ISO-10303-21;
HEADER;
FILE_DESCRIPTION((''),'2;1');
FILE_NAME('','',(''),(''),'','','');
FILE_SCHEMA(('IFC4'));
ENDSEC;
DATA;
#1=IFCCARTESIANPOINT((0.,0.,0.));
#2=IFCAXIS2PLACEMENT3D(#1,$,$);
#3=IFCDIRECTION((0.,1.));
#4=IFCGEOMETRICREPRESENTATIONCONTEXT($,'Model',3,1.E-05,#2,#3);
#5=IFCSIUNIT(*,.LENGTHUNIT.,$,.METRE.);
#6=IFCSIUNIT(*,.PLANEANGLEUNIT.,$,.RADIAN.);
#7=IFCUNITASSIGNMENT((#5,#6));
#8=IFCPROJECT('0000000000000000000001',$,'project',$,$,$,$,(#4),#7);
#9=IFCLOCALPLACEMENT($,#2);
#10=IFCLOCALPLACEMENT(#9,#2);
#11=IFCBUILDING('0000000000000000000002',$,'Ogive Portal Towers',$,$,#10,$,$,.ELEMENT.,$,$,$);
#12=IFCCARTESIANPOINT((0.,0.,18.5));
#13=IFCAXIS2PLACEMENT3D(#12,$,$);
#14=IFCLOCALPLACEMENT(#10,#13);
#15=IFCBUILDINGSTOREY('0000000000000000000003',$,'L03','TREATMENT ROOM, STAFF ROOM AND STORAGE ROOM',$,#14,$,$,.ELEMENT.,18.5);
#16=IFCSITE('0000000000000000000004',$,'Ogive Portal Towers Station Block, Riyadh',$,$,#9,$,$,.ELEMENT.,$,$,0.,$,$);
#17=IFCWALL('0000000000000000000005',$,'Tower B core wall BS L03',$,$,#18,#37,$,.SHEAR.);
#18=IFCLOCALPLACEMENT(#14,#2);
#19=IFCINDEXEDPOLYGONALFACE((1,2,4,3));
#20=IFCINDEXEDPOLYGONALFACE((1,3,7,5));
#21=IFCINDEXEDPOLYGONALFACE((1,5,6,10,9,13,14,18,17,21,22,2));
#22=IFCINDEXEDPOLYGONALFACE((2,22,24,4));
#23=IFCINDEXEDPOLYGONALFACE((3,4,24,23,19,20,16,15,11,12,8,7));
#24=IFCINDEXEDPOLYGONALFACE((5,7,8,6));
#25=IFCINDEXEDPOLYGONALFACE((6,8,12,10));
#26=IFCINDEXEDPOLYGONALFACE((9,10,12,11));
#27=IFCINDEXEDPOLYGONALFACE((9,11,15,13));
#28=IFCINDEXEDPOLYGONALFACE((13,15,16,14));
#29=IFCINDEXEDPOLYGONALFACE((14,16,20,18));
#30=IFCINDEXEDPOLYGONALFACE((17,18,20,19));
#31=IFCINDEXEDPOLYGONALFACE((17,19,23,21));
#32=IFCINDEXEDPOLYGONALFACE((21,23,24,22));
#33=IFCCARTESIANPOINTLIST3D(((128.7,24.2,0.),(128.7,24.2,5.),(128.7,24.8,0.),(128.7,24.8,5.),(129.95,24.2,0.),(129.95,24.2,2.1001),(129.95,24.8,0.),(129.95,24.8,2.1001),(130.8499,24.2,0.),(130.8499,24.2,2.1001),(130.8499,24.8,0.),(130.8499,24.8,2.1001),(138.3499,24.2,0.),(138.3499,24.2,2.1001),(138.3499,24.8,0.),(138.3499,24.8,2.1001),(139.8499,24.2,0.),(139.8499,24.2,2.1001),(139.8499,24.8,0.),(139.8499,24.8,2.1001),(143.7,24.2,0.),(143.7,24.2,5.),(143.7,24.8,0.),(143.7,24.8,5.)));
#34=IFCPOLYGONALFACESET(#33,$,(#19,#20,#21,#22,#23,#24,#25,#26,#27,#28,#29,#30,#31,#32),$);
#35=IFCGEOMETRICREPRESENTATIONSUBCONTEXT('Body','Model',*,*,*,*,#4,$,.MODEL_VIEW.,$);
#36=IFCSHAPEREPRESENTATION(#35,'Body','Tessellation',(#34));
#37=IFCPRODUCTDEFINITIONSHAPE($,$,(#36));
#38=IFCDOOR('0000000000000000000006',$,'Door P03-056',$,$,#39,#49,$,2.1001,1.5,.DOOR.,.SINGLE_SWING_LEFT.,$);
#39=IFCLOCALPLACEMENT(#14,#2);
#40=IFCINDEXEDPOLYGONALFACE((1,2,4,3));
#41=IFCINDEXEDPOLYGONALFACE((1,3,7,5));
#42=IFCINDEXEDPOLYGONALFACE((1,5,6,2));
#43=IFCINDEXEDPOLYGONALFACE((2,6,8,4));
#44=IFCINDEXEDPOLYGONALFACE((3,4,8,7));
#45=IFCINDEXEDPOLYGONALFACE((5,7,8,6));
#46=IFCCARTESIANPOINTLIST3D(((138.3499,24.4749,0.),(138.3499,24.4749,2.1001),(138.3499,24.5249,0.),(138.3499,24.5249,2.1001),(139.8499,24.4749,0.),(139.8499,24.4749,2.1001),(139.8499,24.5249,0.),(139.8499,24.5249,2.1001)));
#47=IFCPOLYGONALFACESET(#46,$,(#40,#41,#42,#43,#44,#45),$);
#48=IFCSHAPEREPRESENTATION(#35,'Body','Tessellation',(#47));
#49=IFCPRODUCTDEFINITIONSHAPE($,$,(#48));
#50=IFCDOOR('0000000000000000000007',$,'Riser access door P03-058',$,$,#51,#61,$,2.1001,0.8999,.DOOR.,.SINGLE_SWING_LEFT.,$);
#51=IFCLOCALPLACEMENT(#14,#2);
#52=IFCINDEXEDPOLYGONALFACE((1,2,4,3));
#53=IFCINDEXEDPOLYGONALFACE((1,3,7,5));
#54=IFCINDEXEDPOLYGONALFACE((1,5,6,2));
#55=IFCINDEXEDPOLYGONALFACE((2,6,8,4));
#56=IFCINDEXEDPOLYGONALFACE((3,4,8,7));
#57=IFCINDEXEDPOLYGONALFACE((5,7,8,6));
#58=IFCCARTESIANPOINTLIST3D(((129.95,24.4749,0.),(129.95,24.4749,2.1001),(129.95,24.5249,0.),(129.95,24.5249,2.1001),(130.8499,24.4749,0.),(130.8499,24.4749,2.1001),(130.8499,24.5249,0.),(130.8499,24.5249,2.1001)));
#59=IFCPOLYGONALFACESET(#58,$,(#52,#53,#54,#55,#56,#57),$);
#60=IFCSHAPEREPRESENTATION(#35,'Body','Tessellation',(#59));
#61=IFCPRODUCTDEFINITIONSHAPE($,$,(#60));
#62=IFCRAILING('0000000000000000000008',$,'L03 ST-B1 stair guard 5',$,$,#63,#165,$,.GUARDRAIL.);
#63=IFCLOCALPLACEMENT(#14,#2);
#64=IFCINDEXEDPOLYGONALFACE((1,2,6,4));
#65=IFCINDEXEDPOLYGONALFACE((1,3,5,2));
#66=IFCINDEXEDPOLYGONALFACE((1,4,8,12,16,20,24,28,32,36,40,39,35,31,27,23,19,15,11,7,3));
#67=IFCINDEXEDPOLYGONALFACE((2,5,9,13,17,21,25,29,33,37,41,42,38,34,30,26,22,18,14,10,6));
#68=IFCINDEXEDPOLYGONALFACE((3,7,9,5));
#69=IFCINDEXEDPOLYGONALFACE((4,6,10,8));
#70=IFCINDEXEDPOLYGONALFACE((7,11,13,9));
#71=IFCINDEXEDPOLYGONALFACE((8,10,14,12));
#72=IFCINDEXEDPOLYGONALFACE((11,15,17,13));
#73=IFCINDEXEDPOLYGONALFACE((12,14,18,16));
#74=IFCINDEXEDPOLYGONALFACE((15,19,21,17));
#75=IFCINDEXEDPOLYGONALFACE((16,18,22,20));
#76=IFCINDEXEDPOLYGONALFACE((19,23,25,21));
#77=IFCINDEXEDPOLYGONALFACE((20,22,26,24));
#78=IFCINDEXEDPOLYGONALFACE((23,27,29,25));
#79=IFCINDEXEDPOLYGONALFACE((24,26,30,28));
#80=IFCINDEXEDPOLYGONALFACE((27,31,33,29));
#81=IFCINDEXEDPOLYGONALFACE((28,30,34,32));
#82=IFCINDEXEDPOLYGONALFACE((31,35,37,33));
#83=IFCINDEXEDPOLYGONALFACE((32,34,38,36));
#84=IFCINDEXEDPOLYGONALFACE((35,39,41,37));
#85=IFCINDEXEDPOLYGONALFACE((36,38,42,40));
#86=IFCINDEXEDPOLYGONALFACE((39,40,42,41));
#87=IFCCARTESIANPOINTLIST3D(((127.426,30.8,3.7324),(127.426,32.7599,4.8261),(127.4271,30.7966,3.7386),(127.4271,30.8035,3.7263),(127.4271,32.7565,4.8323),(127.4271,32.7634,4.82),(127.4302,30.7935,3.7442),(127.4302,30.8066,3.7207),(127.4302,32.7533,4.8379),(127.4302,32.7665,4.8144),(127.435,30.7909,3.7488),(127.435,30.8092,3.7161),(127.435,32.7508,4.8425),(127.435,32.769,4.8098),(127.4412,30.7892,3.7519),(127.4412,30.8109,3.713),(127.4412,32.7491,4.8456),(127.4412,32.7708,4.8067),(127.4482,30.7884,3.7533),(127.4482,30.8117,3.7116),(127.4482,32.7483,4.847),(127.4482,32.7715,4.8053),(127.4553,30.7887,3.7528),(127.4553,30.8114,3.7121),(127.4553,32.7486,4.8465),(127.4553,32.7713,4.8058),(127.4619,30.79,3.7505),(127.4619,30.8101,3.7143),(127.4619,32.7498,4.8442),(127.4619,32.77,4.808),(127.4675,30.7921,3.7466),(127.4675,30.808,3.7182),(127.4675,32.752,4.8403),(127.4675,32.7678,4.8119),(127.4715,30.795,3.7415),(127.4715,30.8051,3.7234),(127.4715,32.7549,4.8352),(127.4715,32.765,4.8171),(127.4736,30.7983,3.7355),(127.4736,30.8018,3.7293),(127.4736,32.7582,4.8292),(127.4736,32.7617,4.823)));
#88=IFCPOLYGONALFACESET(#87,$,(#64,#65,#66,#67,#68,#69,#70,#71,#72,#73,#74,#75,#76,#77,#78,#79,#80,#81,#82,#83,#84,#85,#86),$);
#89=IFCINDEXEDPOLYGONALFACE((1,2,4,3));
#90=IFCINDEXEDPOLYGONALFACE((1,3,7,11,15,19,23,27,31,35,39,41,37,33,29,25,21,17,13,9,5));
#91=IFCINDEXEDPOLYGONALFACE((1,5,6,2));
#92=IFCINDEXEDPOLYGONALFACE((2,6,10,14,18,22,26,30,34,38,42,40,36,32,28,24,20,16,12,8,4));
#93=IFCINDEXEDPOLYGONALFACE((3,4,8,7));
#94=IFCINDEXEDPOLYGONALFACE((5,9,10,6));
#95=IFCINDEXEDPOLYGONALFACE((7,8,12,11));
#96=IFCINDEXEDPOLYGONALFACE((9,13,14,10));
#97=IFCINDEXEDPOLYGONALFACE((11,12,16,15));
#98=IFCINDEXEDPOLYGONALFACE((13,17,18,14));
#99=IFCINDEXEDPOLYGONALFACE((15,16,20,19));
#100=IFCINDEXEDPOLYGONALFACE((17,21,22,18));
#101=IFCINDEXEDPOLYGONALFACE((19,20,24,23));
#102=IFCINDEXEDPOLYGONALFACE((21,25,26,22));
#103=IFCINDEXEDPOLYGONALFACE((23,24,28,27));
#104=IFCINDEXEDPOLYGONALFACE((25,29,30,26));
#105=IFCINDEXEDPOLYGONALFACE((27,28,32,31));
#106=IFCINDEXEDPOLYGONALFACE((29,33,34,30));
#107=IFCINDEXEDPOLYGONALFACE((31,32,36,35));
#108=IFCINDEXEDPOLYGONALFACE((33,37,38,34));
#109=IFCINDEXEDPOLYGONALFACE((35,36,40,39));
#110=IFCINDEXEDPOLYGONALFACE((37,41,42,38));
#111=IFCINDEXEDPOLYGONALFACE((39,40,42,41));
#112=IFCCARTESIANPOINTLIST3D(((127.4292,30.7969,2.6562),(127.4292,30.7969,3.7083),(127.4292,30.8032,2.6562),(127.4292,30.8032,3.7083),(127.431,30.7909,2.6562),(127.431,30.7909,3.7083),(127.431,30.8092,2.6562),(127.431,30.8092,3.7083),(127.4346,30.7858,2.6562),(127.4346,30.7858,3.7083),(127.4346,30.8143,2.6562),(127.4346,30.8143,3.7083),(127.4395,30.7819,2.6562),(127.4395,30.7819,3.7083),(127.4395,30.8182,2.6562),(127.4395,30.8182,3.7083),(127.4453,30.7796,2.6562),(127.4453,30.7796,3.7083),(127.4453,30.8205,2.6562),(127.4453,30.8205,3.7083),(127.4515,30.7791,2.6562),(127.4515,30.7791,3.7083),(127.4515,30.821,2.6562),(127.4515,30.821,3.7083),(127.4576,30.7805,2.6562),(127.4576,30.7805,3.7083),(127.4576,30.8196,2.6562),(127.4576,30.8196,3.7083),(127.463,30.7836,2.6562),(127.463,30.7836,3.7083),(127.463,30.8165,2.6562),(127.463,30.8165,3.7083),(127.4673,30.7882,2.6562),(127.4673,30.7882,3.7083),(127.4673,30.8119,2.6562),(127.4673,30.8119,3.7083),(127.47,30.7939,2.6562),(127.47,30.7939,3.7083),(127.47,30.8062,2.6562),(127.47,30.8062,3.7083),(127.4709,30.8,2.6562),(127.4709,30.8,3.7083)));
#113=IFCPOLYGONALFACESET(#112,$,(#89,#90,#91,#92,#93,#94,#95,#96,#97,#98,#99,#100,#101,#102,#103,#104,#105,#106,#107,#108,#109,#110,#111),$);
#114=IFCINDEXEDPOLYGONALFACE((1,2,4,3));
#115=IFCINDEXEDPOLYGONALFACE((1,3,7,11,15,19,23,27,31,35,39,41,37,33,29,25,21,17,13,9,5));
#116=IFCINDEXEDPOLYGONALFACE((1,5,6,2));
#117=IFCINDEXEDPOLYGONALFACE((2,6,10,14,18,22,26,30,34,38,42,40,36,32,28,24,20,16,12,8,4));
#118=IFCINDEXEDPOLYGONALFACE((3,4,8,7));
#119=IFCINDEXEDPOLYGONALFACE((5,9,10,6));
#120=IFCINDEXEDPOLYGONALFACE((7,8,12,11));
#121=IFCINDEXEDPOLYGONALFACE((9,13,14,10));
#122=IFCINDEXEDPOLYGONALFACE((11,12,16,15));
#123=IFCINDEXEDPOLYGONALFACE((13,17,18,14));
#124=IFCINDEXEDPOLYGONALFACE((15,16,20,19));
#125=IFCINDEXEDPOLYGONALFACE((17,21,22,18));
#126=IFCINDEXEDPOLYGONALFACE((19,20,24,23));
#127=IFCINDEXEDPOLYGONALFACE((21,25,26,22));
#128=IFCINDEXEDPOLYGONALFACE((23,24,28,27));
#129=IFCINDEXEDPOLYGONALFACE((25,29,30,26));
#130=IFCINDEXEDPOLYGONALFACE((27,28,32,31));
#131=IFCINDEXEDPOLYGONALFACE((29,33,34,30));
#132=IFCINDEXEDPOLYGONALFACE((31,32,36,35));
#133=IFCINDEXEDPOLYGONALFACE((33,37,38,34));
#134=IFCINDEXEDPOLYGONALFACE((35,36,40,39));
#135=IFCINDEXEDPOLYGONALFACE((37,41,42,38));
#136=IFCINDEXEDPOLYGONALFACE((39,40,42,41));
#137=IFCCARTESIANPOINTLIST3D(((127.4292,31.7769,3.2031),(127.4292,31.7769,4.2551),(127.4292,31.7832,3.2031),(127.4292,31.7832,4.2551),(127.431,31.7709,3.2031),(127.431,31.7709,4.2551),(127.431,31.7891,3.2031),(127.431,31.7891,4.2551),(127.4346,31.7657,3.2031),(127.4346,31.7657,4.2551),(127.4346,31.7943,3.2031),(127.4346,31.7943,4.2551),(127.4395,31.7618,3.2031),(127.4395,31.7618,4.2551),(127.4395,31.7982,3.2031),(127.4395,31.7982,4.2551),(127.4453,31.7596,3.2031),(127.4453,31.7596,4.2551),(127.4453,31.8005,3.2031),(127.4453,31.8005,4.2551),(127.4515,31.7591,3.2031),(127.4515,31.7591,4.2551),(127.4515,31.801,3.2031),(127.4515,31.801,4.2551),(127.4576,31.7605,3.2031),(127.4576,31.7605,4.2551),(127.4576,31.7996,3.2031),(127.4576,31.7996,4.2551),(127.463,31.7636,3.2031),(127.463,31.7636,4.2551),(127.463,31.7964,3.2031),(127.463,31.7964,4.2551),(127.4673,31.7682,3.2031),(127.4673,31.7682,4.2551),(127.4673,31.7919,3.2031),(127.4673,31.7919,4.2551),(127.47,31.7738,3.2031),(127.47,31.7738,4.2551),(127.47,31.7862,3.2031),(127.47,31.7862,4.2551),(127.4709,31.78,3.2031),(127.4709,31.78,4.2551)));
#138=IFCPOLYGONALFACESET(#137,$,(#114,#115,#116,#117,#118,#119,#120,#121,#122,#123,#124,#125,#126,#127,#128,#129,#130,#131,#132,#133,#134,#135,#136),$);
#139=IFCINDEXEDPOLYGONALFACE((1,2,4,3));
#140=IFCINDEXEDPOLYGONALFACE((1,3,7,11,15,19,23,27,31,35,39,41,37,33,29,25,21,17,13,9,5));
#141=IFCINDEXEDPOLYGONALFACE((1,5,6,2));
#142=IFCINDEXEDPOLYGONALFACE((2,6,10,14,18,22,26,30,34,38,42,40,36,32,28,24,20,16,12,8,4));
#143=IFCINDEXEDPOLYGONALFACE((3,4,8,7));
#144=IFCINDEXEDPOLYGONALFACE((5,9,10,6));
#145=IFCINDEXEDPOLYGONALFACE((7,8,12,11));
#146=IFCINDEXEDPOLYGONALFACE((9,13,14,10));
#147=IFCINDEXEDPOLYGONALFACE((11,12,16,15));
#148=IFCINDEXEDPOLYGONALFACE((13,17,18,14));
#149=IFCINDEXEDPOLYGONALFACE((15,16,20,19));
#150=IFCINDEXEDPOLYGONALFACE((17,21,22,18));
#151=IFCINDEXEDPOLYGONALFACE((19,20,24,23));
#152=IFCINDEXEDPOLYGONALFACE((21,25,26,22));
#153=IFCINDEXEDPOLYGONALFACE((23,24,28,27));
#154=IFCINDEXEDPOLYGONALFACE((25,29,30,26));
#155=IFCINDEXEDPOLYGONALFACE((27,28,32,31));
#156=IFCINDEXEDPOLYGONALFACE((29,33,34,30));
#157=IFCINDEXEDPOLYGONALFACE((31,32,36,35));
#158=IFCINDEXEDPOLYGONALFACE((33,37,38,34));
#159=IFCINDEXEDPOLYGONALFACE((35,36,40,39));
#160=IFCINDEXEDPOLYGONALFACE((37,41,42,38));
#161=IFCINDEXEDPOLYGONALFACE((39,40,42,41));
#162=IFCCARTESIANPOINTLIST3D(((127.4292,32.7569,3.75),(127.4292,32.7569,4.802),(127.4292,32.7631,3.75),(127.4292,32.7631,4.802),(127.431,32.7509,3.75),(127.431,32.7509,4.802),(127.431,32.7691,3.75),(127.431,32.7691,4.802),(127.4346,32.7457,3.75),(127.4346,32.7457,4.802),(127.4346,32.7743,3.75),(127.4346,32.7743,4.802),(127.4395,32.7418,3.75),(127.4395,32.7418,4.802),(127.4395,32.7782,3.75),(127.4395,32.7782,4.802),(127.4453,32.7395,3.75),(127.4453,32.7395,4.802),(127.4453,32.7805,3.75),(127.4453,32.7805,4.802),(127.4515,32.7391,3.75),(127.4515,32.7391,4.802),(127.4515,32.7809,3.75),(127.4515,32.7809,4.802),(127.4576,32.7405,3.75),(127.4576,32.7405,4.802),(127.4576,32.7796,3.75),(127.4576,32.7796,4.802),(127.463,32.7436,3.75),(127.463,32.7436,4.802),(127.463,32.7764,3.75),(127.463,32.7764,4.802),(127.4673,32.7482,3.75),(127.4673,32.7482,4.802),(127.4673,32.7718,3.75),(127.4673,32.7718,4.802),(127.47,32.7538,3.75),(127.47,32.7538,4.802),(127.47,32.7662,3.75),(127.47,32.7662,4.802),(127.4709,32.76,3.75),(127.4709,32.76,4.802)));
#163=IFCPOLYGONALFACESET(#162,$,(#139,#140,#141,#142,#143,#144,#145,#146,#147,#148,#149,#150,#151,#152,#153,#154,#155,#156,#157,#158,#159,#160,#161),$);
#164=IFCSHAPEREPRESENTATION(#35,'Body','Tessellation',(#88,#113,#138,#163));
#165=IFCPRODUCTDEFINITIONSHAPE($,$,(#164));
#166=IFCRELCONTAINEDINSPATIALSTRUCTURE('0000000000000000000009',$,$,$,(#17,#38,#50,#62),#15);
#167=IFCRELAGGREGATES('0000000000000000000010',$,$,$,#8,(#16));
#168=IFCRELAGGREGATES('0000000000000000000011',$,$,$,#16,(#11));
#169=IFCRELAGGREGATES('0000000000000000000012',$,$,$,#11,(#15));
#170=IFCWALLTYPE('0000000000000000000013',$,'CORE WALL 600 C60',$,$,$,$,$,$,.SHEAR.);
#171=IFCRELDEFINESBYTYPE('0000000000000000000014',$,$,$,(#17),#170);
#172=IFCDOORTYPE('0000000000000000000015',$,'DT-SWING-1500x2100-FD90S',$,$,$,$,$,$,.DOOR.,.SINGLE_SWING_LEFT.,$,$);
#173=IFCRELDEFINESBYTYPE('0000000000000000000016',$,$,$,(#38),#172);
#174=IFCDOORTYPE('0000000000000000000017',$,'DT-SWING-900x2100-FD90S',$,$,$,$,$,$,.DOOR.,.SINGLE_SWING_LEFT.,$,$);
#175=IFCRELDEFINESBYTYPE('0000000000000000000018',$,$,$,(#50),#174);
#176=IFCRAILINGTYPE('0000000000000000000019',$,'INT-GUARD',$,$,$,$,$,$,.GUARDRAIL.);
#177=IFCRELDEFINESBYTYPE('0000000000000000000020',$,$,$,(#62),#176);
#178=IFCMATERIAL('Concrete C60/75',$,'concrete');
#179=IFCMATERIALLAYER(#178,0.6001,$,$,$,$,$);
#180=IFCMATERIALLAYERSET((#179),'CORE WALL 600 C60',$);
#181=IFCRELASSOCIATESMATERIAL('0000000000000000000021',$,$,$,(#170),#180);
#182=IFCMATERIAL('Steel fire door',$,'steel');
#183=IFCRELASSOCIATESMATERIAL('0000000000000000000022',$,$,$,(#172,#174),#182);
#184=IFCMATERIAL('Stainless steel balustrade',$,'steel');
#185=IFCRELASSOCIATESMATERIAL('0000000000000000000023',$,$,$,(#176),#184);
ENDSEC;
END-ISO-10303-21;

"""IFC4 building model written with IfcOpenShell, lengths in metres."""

from ifc_helpers import new_model, si_unit, direction, frame, frame_2d, origin, origin_2d, place, context, subcontext, project, spatial, rectangle, circle, extrude, material, layer, layer_set, type_object, element, fill, save


model = new_model("IFC4")

# Units and contexts
model_context = context("Model", 3, precision=1e-05, world=origin(), true_north=direction((0.0, 1.0)))
body_context = subcontext(model_context, "Body", "Model", "MODEL_VIEW")
ifc_project = project(units=[si_unit("LENGTHUNIT", "METRE"), si_unit("PLANEANGLEUNIT", "RADIAN")], contexts=[model_context])

# Site, building, storey
site_placement = place(None, origin())
site = spatial("IfcSite", under=ifc_project, at=site_placement, Name="Ogive Portal Towers Station Block, Riyadh", CompositionType="ELEMENT", RefElevation=0.0)
building_placement = place(site_placement, origin())
building = spatial("IfcBuilding", under=site, at=building_placement, Name="Ogive Portal Towers", CompositionType="ELEMENT")
storey_placement = place(building_placement, frame((0.0, 0.0, 18.5)))
storey = spatial("IfcBuildingStorey", under=building, at=storey_placement, Name="L03", Description="TREATMENT ROOM, STAFF ROOM AND STORAGE ROOM", CompositionType="ELEMENT", Elevation=18.5)

# Shared definitions
ifc_material_1 = material(Name="Concrete C60/75", Category="concrete")
ifc_material_2 = material(Name="Steel fire door", Category="steel")

# Shared definitions
ifc_layer_1 = layer(ifc_material_1, 0.6001)
ifc_layer_set_1 = layer_set([ifc_layer_1], Name="CORE WALL 600 C60")
wall_type_1 = type_object("IfcWallType", Name="CORE WALL 600 C60", PredefinedType="SHEAR", material=ifc_layer_set_1)

# Wall, openings, doors
wall_1_placement = place(storey_placement, frame((128.7, 24.5, 0.0), z_axis=(0.0, 0.0, 1.0), x_axis=(1.0, 0.0, 0.0)))
wall_1 = element("IfcWall", 1, at=wall_1_placement, inside=storey, type_object=wall_type_1, Name="Tower B core wall BS L03", PredefinedType="SHEAR", context=body_context, shape_type="SweptSolid", body=[
    extrude(rectangle(XDim=15.0, YDim=0.6001, at=frame_2d((7.5, 0.0))), origin(), (0.0, 0.0, 1.0), 5.0),
])
opening_1_placement = place(wall_1_placement, frame((9.6499, 0.0, 0.0)))
opening_1 = element("IfcOpeningElement", 2, at=opening_1_placement, cuts=wall_1, PredefinedType="OPENING", context=body_context, shape_type="SweptSolid", body=[
    extrude(rectangle(XDim=1.5, YDim=2.1001, at=frame_2d((0.75, 1.05))), frame((0.0, 0.3101, 0.0), z_axis=(0.0, -1.0, 0.0), x_axis=(1.0, 0.0, 0.0)), (0.0, 0.0, 1.0), 0.6201),
])
opening_2_placement = place(wall_1_placement, frame((1.25, 0.0, 0.0)))
opening_2 = element("IfcOpeningElement", 3, at=opening_2_placement, cuts=wall_1, PredefinedType="OPENING", context=body_context, shape_type="SweptSolid", body=[
    extrude(rectangle(XDim=0.8999, YDim=2.1001, at=frame_2d((0.45, 1.05))), frame((0.0, 0.3101, 0.0), z_axis=(0.0, -1.0, 0.0), x_axis=(1.0, 0.0, 0.0)), (0.0, 0.0, 1.0), 0.6201),
])
door_type_1 = type_object("IfcDoorType", Name="DT-SWING-1500x2100-FD90S", OperationType="SINGLE_SWING_LEFT", PredefinedType="DOOR", material=ifc_material_2)
door_1_placement = place(opening_1_placement, origin())
door_1 = element("IfcDoor", 4, at=door_1_placement, inside=storey, type_object=door_type_1, Name="Door P03-056", OperationType="SINGLE_SWING_LEFT", OverallHeight=2.1001, OverallWidth=1.5, PredefinedType="DOOR", context=body_context, shape_type="SweptSolid", body=[
    extrude(rectangle(XDim=1.5, YDim=2.1001, at=frame_2d((0.75, 1.05))), frame((0.0, 0.0249, 0.0), z_axis=(0.0, -1.0, 0.0), x_axis=(1.0, 0.0, 0.0)), (0.0, 0.0, 1.0), 0.05),
])
fill(opening_1, door_1)
door_type_2 = type_object("IfcDoorType", Name="DT-SWING-900x2100-FD90S", OperationType="SINGLE_SWING_LEFT", PredefinedType="DOOR", material=ifc_material_2)
door_2_placement = place(opening_2_placement, origin())
door_2 = element("IfcDoor", 5, at=door_2_placement, inside=storey, type_object=door_type_2, Name="Riser access door P03-058", OperationType="SINGLE_SWING_LEFT", OverallHeight=2.1001, OverallWidth=0.8999, PredefinedType="DOOR", context=body_context, shape_type="SweptSolid", body=[
    extrude(rectangle(XDim=0.8999, YDim=2.1001, at=frame_2d((0.45, 1.05))), frame((0.0, 0.0249, 0.0), z_axis=(0.0, -1.0, 0.0), x_axis=(1.0, 0.0, 0.0)), (0.0, 0.0, 1.0), 0.05),
])
fill(opening_2, door_2)

# Railing
ifc_material_3 = material(Name="Stainless steel balustrade", Category="steel")
railing_type_1 = type_object("IfcRailingType", Name="INT-GUARD", PredefinedType="GUARDRAIL", material=ifc_material_3)
railing_placement = place(storey_placement, frame((127.45, 30.8, 2.6562)))
element("IfcRailing", 6, at=railing_placement, inside=storey, type_object=railing_type_1, Name="L03 ST-B1 stair guard 5", PredefinedType="GUARDRAIL", context=body_context, shape_type="SweptSolid", body=[
    extrude(circle(Radius=0.0239, at=origin_2d()), frame((0.0, 0.0, 1.0762), z_axis=(0.0, 0.873232, 0.487304), x_axis=(-1.0, 0.0, 0.0)), (0.0, 0.0, 1.0), 2.2444),
    extrude(circle(Radius=0.021, at=origin_2d()), origin(), (0.0, 0.0, 1.0), 1.052),
    extrude(circle(Radius=0.021, at=origin_2d()), frame((0.0, 0.98, 0.5469)), (0.0, 0.0, 1.0), 1.052),
    extrude(circle(Radius=0.021, at=origin_2d()), frame((0.0, 1.96, 1.0938)), (0.0, 0.0, 1.0), 1.052),
])

save(model, "model.ifc")
